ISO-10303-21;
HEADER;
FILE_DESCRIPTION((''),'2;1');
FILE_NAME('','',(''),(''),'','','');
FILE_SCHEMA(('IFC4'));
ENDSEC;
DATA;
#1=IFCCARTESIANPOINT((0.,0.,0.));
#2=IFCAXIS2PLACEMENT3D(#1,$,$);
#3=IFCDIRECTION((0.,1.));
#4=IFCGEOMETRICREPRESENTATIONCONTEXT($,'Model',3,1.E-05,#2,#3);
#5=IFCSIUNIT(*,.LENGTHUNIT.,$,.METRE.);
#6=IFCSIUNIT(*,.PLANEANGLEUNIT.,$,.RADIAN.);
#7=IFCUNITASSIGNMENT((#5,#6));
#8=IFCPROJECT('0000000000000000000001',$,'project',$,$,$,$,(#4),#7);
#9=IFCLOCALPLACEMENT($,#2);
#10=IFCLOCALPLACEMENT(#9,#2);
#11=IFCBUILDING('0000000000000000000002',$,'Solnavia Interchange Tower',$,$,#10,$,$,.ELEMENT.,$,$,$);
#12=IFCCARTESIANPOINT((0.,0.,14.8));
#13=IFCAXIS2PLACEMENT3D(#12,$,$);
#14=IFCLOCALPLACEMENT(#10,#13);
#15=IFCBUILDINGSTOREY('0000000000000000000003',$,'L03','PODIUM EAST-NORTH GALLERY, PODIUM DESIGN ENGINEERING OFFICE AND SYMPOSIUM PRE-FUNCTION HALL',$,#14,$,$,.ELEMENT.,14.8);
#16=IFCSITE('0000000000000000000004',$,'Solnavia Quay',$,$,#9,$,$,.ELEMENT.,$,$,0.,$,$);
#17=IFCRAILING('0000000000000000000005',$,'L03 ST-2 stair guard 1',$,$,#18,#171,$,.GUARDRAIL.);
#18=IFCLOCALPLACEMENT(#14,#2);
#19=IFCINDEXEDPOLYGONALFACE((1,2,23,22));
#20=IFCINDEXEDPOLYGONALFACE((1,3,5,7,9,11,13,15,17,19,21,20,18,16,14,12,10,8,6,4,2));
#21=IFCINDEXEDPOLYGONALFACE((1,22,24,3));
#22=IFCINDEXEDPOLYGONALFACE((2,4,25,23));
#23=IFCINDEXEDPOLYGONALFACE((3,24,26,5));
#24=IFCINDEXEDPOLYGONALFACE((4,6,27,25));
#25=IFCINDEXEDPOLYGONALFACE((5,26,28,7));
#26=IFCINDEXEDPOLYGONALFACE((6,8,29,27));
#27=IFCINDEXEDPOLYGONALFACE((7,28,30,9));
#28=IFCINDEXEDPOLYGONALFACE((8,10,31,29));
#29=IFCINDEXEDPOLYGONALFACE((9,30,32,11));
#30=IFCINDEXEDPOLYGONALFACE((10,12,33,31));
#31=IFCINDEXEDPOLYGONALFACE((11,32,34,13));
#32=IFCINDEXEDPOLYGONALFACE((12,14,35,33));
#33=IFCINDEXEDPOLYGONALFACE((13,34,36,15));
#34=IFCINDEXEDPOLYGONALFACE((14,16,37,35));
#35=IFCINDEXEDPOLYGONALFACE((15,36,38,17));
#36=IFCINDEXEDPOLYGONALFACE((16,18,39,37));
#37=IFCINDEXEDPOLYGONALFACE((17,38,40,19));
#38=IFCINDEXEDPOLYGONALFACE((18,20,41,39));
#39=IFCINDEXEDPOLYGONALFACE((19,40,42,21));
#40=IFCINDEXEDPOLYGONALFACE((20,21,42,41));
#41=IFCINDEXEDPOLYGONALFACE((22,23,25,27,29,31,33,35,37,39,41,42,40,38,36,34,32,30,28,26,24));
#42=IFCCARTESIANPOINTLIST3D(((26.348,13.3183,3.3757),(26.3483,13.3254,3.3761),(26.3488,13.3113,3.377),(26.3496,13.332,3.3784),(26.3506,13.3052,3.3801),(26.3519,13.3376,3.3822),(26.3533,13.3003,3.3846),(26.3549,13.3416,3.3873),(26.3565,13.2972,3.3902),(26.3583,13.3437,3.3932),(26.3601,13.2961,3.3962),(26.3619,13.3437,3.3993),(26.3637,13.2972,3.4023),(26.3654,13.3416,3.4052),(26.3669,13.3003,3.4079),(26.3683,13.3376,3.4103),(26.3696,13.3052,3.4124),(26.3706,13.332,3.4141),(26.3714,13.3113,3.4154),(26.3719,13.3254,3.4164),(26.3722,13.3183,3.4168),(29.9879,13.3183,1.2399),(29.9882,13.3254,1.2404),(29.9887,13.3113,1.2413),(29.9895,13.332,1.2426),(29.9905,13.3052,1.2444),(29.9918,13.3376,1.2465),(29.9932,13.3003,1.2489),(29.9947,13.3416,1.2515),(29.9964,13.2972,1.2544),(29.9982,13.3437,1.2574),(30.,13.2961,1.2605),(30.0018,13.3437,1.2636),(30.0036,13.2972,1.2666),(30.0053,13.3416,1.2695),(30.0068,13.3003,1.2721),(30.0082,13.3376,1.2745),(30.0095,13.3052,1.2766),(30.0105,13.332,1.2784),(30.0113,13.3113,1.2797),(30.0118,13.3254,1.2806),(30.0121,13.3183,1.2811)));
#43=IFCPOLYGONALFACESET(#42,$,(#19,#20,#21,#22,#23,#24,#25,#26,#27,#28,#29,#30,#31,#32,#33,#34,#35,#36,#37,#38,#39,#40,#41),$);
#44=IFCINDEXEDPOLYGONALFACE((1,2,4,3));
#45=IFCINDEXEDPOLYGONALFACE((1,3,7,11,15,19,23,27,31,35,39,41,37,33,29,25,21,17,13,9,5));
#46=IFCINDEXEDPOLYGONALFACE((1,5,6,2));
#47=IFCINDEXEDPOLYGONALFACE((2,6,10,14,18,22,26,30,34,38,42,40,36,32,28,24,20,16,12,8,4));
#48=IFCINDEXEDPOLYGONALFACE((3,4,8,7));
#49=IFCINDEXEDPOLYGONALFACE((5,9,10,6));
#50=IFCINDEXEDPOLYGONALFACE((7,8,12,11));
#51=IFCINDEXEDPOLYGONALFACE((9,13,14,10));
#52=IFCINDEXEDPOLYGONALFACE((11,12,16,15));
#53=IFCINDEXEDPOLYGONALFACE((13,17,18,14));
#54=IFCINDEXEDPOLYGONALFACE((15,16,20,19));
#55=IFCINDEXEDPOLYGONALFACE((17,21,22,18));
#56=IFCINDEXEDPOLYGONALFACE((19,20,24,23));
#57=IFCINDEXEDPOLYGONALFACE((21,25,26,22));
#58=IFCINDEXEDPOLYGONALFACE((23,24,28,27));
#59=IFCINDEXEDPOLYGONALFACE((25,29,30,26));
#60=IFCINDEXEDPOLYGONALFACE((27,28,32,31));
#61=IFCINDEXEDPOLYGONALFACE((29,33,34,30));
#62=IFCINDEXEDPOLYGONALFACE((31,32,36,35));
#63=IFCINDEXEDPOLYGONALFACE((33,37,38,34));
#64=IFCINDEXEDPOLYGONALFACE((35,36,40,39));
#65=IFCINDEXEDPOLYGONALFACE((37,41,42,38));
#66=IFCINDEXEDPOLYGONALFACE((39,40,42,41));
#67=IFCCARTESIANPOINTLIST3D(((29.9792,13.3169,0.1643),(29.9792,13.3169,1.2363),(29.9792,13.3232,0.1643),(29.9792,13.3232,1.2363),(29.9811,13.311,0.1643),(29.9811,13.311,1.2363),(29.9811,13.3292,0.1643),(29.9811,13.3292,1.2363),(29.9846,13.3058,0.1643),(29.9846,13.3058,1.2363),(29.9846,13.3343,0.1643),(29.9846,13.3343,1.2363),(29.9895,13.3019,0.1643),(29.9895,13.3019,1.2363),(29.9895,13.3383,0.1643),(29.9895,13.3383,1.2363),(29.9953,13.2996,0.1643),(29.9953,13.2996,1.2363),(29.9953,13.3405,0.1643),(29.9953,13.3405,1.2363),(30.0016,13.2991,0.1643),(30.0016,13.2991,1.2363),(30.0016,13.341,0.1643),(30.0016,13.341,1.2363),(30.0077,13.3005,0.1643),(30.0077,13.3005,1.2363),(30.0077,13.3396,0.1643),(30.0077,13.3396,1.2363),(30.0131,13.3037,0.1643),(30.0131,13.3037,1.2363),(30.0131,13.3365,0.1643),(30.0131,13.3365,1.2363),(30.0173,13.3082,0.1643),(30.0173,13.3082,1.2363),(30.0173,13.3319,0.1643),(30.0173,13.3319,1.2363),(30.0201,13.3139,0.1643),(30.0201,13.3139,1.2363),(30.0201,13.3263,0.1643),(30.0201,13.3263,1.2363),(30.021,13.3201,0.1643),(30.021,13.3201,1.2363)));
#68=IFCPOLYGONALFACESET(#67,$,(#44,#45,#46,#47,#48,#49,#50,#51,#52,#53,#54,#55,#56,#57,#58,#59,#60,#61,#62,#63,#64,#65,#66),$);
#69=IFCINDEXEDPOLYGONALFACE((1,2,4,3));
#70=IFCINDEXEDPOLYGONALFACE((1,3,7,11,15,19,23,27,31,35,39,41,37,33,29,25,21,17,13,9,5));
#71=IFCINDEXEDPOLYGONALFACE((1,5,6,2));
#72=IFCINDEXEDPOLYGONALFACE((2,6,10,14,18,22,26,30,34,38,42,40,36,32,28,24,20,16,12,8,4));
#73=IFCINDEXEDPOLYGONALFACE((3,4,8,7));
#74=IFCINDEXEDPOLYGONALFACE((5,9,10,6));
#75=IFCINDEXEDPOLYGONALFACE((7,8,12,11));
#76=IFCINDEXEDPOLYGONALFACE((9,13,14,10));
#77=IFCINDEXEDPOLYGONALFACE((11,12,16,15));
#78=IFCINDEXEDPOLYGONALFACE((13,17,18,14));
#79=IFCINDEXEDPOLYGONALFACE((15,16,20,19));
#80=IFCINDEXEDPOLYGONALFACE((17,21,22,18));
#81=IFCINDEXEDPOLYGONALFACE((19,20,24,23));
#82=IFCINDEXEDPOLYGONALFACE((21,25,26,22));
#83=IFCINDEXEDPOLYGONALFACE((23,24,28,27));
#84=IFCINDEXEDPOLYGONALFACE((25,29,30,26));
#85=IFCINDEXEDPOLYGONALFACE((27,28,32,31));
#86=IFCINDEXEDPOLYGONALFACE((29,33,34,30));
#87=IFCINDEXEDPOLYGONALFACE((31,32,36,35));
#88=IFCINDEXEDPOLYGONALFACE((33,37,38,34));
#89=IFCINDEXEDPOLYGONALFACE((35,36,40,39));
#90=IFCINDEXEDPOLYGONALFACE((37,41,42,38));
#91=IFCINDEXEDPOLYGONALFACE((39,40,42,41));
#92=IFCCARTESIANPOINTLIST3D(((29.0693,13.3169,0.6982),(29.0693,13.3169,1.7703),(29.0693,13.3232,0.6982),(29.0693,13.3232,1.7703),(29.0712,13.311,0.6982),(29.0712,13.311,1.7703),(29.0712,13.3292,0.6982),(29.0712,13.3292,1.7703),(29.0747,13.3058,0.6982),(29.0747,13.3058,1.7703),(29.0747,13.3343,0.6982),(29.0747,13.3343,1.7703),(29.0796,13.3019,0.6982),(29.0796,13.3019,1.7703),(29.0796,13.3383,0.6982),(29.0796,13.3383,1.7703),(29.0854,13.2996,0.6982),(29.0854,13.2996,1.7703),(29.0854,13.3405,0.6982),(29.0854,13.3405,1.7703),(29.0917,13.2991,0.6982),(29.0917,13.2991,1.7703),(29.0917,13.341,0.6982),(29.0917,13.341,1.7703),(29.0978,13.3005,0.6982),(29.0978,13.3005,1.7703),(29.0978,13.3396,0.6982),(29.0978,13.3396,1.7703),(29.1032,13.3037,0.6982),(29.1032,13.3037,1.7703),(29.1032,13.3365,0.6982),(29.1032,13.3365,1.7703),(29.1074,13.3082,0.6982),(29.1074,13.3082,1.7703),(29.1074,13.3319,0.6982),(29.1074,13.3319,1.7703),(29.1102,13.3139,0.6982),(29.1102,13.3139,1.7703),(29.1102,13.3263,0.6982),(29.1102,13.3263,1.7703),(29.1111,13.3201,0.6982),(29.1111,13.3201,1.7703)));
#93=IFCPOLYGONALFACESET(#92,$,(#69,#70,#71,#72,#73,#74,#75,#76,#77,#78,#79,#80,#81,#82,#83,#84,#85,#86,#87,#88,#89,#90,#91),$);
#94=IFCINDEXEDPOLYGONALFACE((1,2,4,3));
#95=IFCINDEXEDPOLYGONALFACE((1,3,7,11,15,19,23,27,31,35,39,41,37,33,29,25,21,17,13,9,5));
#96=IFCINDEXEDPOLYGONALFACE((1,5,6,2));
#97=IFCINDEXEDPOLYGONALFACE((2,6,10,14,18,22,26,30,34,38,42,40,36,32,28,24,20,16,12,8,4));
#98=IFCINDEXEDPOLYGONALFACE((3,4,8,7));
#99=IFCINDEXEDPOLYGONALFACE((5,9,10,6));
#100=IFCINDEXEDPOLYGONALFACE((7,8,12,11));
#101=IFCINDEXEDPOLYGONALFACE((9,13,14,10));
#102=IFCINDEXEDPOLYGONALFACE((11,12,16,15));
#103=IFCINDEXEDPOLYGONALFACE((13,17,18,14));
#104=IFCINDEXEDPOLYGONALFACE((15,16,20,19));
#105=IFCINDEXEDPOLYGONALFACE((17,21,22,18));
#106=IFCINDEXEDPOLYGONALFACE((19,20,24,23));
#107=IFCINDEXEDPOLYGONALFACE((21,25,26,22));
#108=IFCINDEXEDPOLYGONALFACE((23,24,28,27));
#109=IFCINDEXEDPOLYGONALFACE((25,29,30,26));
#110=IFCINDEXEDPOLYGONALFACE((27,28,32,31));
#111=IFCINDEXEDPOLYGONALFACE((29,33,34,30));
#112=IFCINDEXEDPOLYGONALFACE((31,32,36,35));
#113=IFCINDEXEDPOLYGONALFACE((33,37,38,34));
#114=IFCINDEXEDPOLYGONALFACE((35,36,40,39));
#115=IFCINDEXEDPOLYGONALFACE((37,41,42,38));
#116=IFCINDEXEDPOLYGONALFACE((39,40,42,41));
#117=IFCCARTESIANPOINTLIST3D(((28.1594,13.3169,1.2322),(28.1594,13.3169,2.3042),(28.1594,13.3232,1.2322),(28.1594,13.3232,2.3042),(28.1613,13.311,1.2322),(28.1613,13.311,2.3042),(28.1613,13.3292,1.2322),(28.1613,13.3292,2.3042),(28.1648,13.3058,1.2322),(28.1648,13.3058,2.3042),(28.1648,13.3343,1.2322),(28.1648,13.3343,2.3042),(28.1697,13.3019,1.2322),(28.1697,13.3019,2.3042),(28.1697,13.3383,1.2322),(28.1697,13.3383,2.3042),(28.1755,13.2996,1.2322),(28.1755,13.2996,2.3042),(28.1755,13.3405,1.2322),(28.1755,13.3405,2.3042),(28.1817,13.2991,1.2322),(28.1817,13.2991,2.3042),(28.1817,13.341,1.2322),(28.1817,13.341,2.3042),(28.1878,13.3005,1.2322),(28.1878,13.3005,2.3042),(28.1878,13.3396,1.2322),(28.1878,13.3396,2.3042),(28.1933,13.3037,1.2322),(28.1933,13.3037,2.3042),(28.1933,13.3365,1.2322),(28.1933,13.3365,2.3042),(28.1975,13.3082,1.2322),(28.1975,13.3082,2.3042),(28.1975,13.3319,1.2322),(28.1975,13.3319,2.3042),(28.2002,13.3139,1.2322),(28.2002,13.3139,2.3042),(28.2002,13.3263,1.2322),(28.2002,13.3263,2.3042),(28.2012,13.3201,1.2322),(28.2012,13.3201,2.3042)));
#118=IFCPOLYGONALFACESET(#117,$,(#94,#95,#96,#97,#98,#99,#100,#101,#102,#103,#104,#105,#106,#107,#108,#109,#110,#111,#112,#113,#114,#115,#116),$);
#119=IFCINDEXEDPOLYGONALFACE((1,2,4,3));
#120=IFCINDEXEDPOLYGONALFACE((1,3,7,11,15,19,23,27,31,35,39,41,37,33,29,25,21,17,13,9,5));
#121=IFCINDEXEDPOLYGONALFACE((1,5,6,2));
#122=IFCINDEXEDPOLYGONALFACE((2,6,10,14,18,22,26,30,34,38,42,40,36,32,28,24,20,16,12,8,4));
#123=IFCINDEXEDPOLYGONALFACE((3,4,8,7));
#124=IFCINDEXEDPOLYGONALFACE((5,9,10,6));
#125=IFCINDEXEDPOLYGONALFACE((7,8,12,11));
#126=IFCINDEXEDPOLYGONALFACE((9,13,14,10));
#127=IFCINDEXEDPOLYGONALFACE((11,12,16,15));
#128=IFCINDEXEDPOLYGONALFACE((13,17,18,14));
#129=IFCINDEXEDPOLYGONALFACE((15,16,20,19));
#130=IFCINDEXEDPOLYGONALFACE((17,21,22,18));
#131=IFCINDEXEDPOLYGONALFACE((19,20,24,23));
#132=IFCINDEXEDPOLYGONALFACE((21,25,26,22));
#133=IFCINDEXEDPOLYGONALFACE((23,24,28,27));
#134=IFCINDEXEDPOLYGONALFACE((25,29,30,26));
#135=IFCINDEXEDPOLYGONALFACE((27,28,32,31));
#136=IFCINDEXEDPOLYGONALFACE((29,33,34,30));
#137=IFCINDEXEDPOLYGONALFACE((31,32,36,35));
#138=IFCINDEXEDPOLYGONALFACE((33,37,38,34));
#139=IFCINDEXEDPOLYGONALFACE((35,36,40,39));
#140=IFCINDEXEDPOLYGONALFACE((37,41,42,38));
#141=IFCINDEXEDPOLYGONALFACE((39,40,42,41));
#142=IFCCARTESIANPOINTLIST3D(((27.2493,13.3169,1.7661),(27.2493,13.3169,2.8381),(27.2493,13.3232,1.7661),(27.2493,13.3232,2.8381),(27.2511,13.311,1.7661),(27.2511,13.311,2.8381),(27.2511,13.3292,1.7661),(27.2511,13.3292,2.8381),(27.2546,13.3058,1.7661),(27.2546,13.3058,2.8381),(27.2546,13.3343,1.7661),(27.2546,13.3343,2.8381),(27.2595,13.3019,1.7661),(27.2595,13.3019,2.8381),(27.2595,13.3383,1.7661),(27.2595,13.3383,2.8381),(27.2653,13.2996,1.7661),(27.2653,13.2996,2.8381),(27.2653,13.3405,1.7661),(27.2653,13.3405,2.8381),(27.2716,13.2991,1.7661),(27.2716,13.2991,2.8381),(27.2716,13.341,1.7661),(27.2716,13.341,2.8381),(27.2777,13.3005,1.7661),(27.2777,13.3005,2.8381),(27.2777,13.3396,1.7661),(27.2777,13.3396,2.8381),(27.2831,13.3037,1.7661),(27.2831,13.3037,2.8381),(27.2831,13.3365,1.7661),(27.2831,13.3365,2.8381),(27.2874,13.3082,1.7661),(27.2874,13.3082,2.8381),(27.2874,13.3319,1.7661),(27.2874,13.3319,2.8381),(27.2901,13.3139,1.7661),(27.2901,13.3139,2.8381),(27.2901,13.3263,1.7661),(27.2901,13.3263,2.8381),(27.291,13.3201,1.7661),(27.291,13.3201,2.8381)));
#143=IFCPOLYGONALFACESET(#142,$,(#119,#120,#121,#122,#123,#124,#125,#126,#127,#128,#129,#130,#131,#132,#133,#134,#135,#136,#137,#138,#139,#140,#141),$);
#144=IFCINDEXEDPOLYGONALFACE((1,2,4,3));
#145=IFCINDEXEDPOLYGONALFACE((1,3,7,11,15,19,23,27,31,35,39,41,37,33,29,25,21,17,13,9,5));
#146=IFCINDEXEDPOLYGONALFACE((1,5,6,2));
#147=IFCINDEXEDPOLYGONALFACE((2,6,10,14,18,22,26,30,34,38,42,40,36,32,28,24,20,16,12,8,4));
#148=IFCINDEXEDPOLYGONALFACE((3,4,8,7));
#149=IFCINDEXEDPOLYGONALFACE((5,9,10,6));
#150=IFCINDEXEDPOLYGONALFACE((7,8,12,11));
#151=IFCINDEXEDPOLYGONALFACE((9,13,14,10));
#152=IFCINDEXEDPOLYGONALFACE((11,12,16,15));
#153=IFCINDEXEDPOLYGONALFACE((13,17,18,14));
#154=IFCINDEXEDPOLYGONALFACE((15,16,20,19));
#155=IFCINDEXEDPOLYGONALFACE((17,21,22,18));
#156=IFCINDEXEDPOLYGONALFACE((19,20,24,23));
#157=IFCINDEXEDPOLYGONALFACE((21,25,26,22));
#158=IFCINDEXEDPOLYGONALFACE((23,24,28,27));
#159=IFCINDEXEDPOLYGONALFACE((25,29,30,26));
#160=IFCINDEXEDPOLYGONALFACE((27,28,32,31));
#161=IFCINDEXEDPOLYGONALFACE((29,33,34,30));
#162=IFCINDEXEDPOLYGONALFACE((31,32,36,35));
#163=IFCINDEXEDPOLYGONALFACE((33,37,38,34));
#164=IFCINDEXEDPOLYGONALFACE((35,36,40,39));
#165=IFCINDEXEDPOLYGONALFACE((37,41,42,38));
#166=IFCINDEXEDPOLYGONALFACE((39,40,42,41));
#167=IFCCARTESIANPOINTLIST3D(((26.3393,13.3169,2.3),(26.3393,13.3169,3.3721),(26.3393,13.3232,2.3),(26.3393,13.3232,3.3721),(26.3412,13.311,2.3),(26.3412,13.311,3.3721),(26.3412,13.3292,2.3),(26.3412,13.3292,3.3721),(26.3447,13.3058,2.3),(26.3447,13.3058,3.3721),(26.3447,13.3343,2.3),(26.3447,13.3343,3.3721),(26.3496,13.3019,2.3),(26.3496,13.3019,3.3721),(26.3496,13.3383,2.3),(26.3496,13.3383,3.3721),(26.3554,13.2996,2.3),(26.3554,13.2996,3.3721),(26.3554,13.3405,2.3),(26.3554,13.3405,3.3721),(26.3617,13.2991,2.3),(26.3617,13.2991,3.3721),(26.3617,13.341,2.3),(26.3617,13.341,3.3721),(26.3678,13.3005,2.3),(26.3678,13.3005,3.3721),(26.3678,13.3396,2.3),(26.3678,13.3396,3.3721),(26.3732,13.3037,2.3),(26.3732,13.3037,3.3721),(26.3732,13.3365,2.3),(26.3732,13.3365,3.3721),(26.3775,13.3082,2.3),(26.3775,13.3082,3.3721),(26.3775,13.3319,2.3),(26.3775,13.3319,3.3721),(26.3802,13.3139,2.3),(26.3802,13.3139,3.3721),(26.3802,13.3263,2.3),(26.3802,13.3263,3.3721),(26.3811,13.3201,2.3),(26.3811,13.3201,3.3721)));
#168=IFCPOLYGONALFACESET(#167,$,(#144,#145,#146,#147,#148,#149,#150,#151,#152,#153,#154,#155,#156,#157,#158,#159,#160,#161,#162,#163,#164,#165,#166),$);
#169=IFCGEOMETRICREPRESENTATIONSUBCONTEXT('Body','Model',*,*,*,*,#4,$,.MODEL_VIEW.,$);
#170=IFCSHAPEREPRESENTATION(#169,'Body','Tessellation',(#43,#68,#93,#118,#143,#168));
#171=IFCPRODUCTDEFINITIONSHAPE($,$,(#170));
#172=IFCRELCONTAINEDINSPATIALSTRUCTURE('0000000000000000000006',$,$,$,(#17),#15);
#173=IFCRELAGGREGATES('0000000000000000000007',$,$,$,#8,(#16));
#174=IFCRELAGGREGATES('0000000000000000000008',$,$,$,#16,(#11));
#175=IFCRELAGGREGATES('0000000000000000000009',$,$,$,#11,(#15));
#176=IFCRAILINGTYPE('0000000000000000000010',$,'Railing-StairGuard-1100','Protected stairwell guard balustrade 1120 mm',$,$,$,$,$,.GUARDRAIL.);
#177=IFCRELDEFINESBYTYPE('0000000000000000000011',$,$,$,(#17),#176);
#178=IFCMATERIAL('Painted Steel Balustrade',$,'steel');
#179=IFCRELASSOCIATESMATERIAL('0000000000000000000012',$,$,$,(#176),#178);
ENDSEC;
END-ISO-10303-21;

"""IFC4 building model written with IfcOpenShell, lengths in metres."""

from ifc_helpers import new_model, si_unit, direction, frame, origin, origin_2d, place, context, subcontext, project, spatial, circle, extrude, material, type_object, element, save


model = new_model("IFC4")

# Units and contexts
model_context = context("Model", 3, precision=1e-05, world=origin(), true_north=direction((0.0, 1.0)))
body_context = subcontext(model_context, "Body", "Model", "MODEL_VIEW")
ifc_project = project(units=[si_unit("LENGTHUNIT", "METRE"), si_unit("PLANEANGLEUNIT", "RADIAN")], contexts=[model_context])

# Site, building, storey
site_placement = place(None, origin())
site = spatial("IfcSite", under=ifc_project, at=site_placement, Name="Solnavia Quay", CompositionType="ELEMENT", RefElevation=0.0)
building_placement = place(site_placement, origin())
building = spatial("IfcBuilding", under=site, at=building_placement, Name="Solnavia Interchange Tower", CompositionType="ELEMENT")
storey_placement = place(building_placement, frame((0.0, 0.0, 14.8)))
storey = spatial("IfcBuildingStorey", under=building, at=storey_placement, Name="L03", Description="PODIUM EAST-NORTH GALLERY, PODIUM DESIGN ENGINEERING OFFICE AND SYMPOSIUM PRE-FUNCTION HALL", CompositionType="ELEMENT", Elevation=14.8)

# Railing
ifc_material_1 = material(Name="Painted Steel Balustrade", Category="steel")
railing_type_1 = type_object("IfcRailingType", Name="Railing-StairGuard-1100", Description="Protected stairwell guard balustrade 1120 mm", PredefinedType="GUARDRAIL", material=ifc_material_1)
railing_1_placement = place(storey_placement, frame((30.0, 13.3201, 0.1643)))
element("IfcRailing", 1, at=railing_1_placement, inside=storey, type_object=railing_type_1, Name="L03 ST-2 stair guard 1", PredefinedType="GUARDRAIL", context=body_context, shape_type="SweptSolid", body=[
    extrude(circle(Radius=0.0239, at=origin_2d()), frame((0.0, 0.0, 1.0962), z_axis=(-0.86249, 0.0, 0.506074), x_axis=(0.0, -1.0, 0.0)), (0.0, 0.0, 1.0), 4.2202),
    extrude(circle(Radius=0.021, at=origin_2d()), origin(), (0.0, 0.0, 1.0), 1.072),
    extrude(circle(Radius=0.021, at=origin_2d()), frame((-0.9099, 0.0, 0.5339)), (0.0, 0.0, 1.0), 1.072),
    extrude(circle(Radius=0.021, at=origin_2d()), frame((-1.8198, 0.0, 1.0679)), (0.0, 0.0, 1.0), 1.072),
    extrude(circle(Radius=0.021, at=origin_2d()), frame((-2.73, 0.0, 1.6018)), (0.0, 0.0, 1.0), 1.072),
    extrude(circle(Radius=0.021, at=origin_2d()), frame((-3.6399, 0.0, 2.1357)), (0.0, 0.0, 1.0), 1.072),
])

save(model, "model.ifc")
